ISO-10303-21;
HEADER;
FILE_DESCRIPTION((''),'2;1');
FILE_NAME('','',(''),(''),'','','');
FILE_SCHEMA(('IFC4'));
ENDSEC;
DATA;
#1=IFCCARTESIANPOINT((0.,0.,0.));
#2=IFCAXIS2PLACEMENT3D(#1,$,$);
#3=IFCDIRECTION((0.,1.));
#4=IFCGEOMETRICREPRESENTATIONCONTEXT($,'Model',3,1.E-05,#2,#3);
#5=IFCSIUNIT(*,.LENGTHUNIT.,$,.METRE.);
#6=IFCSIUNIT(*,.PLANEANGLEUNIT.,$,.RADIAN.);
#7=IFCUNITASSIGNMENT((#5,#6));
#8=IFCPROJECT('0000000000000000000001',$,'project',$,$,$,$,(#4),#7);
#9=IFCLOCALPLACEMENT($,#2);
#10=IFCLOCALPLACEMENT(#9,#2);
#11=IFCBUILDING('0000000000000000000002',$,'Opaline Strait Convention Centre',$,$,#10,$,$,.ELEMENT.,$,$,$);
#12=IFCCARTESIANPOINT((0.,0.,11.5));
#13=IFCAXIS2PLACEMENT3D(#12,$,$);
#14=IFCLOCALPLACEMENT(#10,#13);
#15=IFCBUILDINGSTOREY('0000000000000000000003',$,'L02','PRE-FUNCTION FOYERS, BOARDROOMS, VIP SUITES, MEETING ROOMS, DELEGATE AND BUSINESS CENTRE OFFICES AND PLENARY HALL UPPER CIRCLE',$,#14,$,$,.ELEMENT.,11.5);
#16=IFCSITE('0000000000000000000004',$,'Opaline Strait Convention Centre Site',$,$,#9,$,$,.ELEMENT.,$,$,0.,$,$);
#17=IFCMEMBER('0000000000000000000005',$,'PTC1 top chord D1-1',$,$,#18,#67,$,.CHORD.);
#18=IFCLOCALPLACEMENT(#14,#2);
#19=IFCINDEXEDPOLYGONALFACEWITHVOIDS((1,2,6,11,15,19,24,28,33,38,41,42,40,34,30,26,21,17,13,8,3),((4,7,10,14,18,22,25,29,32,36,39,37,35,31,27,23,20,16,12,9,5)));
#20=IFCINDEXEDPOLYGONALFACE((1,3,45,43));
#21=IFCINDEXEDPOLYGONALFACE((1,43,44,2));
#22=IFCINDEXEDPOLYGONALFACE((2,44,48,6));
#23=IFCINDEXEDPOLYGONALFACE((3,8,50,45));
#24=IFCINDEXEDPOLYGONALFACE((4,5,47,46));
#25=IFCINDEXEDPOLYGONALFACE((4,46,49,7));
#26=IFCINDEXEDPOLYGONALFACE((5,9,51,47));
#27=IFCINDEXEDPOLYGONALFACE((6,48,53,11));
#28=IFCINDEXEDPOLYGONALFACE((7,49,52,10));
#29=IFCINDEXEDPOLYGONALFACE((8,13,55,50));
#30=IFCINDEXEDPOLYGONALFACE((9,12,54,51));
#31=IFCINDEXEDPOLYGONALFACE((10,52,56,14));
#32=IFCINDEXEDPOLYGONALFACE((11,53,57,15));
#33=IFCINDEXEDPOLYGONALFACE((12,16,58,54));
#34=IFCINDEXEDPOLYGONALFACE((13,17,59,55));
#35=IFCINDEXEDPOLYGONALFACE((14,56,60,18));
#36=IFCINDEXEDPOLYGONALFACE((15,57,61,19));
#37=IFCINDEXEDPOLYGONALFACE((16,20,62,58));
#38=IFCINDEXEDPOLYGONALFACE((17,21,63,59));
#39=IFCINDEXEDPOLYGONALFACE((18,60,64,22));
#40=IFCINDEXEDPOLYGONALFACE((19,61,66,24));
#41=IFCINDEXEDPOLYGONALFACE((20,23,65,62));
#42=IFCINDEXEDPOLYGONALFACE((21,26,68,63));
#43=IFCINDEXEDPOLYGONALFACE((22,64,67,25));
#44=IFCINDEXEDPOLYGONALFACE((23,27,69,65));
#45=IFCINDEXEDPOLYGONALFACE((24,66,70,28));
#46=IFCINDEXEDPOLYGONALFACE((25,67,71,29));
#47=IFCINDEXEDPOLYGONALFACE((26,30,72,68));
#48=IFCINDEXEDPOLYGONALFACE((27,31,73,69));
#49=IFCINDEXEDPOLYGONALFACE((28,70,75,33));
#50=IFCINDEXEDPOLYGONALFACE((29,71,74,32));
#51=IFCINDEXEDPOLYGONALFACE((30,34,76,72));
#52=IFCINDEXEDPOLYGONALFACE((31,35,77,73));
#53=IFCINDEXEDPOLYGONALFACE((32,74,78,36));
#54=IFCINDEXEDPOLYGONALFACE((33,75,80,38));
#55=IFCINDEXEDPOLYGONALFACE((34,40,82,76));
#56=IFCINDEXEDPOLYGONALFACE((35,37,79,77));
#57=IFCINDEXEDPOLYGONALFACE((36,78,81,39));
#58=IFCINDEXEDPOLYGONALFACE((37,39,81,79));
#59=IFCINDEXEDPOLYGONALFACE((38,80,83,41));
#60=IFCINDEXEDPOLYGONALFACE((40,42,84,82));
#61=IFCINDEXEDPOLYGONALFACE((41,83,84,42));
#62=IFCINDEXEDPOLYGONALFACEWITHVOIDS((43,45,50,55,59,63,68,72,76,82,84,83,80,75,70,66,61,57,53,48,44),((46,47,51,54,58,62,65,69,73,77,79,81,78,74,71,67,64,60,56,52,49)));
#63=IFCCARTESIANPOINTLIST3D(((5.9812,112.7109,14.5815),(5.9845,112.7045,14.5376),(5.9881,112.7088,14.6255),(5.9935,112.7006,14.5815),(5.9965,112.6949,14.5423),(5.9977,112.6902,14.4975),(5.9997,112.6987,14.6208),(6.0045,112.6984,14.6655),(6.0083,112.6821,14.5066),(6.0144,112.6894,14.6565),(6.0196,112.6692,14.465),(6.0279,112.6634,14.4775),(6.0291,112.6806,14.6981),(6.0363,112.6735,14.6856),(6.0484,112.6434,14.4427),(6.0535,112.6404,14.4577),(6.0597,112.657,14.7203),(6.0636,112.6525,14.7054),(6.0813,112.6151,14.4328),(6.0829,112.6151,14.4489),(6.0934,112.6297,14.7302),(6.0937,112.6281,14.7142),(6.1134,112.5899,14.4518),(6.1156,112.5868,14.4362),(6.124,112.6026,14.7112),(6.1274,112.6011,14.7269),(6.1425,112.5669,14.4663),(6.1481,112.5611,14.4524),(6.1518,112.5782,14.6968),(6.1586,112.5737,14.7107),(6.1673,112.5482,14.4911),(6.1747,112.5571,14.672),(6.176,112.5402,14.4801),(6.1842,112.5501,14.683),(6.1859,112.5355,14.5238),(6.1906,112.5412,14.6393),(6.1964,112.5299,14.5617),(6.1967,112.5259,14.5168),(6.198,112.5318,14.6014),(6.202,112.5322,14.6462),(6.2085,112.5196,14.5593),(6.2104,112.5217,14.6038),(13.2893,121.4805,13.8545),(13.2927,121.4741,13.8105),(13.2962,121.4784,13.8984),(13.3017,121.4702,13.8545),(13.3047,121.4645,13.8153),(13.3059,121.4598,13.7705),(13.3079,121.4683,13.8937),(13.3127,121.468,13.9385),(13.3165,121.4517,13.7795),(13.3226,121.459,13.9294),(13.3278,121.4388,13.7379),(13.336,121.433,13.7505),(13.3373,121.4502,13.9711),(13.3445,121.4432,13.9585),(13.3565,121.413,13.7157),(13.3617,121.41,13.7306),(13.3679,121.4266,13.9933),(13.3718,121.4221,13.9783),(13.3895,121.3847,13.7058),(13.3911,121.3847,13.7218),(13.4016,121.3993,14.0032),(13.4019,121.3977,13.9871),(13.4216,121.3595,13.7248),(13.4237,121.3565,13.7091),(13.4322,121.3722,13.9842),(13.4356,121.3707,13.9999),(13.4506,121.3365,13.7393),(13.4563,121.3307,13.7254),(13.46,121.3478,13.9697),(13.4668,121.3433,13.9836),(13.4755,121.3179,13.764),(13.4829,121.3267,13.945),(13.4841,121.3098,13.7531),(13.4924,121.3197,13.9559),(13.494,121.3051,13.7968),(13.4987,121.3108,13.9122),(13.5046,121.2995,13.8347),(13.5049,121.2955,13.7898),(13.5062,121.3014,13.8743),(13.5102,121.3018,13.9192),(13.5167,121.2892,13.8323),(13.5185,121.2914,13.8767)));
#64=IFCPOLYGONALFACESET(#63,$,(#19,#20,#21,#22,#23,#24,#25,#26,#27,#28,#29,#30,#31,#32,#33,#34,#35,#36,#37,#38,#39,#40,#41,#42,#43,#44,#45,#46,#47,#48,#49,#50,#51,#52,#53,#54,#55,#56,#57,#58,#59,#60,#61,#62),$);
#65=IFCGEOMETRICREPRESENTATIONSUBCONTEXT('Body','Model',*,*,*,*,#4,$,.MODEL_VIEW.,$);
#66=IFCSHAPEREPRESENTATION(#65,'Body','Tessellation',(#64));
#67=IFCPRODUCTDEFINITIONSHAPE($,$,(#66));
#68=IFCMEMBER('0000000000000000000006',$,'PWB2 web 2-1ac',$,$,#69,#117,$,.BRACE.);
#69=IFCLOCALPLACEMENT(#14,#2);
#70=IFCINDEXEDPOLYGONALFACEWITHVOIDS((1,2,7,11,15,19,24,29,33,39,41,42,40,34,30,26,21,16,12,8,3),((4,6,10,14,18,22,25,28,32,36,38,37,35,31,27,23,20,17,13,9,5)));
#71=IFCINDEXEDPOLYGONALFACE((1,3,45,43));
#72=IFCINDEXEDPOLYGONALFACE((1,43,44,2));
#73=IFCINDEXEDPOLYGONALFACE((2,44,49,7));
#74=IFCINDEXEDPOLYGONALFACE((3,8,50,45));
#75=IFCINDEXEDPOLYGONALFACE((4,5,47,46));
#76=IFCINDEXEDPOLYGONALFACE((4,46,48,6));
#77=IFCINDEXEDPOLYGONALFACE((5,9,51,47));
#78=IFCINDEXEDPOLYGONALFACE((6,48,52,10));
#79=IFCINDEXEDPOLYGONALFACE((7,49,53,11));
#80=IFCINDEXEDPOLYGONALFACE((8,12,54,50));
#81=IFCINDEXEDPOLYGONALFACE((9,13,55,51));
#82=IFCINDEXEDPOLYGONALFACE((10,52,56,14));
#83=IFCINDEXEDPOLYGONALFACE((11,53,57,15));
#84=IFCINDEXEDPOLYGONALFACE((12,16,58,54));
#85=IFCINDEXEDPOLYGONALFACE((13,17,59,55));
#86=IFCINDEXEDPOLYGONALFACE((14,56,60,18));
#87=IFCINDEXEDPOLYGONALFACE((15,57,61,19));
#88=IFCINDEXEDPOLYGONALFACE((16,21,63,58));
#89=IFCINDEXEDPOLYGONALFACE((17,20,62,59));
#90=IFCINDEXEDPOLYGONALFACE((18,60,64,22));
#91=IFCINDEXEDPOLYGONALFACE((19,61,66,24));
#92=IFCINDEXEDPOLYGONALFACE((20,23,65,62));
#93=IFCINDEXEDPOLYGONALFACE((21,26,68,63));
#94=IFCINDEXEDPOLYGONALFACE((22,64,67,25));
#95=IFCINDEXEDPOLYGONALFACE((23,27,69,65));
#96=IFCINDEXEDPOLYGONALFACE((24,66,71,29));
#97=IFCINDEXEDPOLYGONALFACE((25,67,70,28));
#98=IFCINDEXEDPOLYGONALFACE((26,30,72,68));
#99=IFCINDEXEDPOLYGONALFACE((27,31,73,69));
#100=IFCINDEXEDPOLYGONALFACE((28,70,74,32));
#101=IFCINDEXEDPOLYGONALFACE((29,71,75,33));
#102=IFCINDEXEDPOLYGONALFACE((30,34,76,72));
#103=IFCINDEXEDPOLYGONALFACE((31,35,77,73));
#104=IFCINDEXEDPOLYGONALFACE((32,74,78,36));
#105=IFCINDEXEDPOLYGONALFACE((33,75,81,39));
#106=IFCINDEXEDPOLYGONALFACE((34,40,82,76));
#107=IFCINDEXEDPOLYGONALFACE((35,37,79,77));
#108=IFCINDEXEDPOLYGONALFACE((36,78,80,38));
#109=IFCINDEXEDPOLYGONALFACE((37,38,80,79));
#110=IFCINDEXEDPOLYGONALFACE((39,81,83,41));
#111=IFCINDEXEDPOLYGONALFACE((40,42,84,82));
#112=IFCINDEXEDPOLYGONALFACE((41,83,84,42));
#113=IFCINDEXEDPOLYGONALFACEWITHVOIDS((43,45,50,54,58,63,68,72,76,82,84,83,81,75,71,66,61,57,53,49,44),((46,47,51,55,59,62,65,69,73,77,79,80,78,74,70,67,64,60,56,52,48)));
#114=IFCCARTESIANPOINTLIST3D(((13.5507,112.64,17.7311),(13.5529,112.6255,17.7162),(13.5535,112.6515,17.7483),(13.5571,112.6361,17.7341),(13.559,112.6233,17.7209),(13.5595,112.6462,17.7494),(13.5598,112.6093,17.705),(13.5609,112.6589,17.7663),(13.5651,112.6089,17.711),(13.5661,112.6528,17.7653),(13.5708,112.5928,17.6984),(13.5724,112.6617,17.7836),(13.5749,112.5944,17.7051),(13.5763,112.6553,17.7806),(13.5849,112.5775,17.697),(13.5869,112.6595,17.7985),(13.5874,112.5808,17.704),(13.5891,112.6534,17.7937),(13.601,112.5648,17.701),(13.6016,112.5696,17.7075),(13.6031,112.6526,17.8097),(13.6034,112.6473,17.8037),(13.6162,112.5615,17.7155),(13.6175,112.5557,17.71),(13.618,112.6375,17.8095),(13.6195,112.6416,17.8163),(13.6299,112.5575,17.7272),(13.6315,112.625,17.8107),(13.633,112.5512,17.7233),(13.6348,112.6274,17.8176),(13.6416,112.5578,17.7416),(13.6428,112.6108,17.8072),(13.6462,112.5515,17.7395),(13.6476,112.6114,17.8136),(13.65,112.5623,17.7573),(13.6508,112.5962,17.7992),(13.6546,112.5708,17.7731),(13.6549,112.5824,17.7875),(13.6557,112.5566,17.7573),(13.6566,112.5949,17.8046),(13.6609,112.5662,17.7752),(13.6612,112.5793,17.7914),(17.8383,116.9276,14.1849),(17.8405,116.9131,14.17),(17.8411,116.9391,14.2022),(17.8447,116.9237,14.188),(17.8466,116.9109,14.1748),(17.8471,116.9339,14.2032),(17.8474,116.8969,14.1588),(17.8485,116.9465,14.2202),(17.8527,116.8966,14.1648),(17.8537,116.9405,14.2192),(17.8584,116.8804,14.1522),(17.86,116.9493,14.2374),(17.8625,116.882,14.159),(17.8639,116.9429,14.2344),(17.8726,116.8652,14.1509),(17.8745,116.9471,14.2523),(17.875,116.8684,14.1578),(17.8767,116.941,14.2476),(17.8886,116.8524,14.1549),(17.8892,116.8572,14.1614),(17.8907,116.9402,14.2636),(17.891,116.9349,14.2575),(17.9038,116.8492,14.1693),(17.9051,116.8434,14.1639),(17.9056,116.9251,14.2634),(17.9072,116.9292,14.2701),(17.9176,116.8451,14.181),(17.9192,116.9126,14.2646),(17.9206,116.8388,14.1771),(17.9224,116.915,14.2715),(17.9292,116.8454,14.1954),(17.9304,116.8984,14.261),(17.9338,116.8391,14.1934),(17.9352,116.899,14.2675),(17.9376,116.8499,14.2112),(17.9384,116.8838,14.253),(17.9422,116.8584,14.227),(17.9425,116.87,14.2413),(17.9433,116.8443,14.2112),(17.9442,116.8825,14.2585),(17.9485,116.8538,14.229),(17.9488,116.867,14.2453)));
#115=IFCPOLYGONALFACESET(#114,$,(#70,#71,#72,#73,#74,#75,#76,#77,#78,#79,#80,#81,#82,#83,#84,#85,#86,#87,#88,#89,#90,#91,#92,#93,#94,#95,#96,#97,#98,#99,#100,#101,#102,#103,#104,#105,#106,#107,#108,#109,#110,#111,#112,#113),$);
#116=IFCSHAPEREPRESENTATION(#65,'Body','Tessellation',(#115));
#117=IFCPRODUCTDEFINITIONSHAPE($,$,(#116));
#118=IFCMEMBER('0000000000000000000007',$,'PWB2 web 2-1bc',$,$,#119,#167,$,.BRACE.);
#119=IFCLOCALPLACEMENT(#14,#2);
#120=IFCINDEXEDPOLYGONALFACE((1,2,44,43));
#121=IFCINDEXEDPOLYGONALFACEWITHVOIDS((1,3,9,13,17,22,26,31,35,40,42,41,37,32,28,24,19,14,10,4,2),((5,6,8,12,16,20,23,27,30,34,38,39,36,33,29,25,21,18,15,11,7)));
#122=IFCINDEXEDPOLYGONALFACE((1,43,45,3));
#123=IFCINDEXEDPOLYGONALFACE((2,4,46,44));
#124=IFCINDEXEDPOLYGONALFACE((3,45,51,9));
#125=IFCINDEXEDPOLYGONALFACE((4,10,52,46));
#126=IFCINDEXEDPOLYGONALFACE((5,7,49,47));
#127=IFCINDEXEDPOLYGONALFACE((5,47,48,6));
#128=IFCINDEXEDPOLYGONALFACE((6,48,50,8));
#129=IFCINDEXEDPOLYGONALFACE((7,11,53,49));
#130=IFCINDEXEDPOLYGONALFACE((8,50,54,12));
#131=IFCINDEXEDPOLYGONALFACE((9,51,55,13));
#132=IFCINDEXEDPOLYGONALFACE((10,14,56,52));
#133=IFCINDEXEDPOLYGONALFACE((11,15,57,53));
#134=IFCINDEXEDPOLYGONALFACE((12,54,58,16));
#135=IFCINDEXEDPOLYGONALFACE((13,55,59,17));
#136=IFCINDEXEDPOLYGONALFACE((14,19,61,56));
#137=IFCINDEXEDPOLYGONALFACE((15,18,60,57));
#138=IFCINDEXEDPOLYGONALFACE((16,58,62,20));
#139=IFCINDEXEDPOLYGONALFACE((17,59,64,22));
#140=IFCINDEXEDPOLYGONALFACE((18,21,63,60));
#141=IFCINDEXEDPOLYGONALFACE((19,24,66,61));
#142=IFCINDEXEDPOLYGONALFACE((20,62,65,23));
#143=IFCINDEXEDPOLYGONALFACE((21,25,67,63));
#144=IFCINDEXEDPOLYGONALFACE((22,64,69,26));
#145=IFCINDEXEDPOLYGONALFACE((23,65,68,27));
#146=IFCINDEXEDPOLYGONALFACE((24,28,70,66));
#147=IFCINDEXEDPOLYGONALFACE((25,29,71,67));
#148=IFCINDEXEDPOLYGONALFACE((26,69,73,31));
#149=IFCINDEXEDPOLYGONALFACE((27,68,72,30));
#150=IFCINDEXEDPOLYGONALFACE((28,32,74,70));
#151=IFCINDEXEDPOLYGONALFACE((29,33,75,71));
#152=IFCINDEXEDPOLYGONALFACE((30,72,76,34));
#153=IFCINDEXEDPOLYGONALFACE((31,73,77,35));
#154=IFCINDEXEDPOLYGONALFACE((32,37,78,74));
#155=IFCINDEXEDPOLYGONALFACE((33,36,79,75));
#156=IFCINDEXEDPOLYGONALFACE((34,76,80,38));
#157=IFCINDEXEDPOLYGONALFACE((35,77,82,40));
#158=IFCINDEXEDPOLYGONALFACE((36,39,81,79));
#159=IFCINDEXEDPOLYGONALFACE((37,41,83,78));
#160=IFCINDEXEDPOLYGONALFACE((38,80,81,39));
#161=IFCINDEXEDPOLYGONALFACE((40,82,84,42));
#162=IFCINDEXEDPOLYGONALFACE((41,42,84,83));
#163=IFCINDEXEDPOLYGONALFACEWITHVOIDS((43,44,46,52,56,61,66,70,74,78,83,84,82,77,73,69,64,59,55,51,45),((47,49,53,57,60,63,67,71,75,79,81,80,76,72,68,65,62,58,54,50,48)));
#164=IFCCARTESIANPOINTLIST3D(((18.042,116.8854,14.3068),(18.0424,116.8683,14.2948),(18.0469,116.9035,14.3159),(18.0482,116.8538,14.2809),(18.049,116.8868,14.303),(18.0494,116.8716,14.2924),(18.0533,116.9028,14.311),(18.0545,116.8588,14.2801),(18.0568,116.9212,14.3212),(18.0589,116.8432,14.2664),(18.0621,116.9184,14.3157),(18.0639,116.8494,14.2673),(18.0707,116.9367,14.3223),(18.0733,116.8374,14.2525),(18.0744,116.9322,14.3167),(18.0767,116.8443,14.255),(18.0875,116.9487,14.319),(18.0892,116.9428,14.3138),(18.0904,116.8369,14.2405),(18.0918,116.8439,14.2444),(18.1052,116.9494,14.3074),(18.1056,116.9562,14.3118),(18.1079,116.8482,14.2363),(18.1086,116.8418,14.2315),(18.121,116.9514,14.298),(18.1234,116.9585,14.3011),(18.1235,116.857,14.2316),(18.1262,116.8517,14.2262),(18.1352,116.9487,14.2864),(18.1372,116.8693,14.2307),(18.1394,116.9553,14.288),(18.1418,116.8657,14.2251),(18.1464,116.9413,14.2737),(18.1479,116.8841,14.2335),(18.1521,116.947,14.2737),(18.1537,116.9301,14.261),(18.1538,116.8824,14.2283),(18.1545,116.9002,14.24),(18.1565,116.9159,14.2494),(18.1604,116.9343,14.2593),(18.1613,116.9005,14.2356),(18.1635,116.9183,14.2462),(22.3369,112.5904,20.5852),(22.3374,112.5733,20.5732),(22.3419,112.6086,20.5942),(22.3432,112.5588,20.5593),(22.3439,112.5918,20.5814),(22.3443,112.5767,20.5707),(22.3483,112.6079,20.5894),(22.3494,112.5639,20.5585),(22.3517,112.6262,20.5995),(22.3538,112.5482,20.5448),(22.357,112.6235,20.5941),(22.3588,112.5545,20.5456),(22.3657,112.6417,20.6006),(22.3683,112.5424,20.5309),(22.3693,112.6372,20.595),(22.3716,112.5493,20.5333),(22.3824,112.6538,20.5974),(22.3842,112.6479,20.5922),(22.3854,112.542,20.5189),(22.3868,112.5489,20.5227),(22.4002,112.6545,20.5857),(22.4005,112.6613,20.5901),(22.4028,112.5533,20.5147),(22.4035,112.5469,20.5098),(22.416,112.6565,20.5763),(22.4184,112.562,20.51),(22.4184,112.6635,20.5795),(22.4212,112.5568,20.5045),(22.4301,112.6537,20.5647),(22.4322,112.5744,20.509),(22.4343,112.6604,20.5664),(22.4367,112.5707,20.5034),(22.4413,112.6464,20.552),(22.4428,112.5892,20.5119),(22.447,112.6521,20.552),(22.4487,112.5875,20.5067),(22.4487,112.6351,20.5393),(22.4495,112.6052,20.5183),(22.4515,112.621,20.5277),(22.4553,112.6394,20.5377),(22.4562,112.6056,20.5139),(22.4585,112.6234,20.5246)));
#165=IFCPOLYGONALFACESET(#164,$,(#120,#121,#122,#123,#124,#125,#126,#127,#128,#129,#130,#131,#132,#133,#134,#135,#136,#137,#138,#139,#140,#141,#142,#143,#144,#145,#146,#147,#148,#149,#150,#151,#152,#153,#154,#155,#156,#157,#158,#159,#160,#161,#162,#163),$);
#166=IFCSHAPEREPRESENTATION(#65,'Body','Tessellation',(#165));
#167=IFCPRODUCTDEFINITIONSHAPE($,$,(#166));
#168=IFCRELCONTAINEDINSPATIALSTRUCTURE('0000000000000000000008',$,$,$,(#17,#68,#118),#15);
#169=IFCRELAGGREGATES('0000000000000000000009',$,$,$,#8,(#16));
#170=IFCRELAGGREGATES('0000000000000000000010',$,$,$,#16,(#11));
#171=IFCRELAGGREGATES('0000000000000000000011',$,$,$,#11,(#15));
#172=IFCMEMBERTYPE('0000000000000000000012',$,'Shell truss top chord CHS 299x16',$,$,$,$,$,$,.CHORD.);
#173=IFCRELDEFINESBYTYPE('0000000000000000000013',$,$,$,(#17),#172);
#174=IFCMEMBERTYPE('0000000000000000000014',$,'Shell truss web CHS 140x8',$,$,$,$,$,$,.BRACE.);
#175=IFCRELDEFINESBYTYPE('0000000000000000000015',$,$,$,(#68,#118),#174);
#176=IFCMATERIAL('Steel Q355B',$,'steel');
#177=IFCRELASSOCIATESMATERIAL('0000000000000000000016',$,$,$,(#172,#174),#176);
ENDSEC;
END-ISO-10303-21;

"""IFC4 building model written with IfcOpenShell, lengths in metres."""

from ifc_helpers import new_model, si_unit, direction, frame, origin, origin_2d, place, context, subcontext, project, spatial, hollow_circle, extrude, material, material_profile, profile_set, type_object, element, save


model = new_model("IFC4")

# Units and contexts
model_context = context("Model", 3, precision=1e-05, world=origin(), true_north=direction((0.0, 1.0)))
body_context = subcontext(model_context, "Body", "Model", "MODEL_VIEW")
ifc_project = project(units=[si_unit("LENGTHUNIT", "METRE"), si_unit("PLANEANGLEUNIT", "RADIAN")], contexts=[model_context])

# Site, building, storey
site_placement = place(None, origin())
site = spatial("IfcSite", under=ifc_project, at=site_placement, Name="Opaline Strait Convention Centre Site", CompositionType="ELEMENT", RefElevation=0.0)
building_placement = place(site_placement, origin())
building = spatial("IfcBuilding", under=site, at=building_placement, Name="Opaline Strait Convention Centre", CompositionType="ELEMENT")
storey_placement = place(building_placement, frame((0.0, 0.0, 11.5)))
storey = spatial("IfcBuildingStorey", under=building, at=storey_placement, Name="L02", Description="PRE-FUNCTION FOYERS, BOARDROOMS, VIP SUITES, MEETING ROOMS, DELEGATE AND BUSINESS CENTRE OFFICES AND PLENARY HALL UPPER CIRCLE", CompositionType="ELEMENT", Elevation=11.5)

# Members
ifc_material_1 = material(Name="Steel Q355B", Category="steel")
ifc_material_profile_1 = material_profile(ifc_material_1, hollow_circle(Radius=0.1494, WallThickness=0.0161, at=origin_2d()), Name="CHS 299x16")
ifc_profile_set_1 = profile_set([ifc_material_profile_1], Name="Steel Q355B")
member_type_1 = type_object("IfcMemberType", Name="Shell truss top chord CHS 299x16", PredefinedType="CHORD", material=ifc_profile_set_1)
member_1_placement = place(storey_placement, frame((6.0959, 112.6152, 14.5815), z_axis=(0.638898, 0.766661, -0.063561), x_axis=(-0.768214, 0.640193, 0.0)))
element("IfcMember", 1, at=member_1_placement, inside=storey, type_object=member_type_1, Name="PTC1 top chord D1-1", PredefinedType="CHORD", context=body_context, shape_type="SweptSolid", body=[
    extrude(hollow_circle(Radius=0.1494, WallThickness=0.0161, at=origin_2d()), origin(), (0.0, 0.0, 1.0), 11.4387),
])
ifc_material_profile_2 = material_profile(ifc_material_1, hollow_circle(Radius=0.0701, WallThickness=0.0081, at=origin_2d()), Name="CHS 140x8")
ifc_profile_set_2 = profile_set([ifc_material_profile_2], Name="Steel Q355B")
member_type_2 = type_object("IfcMemberType", Name="Shell truss web CHS 140x8", PredefinedType="BRACE", material=ifc_profile_set_2)
member_2_placement = place(storey_placement, frame((17.8938, 116.8938, 14.2112), z_axis=(-0.610387, -0.610387, 0.504833), x_axis=(0.707107, -0.707107, 0.0)))
element("IfcMember", 2, at=member_2_placement, inside=storey, type_object=member_type_2, Name="PWB2 web 2-1ac", PredefinedType="BRACE", context=body_context, shape_type="SweptSolid", body=[
    extrude(hollow_circle(Radius=0.0701, WallThickness=0.0081, at=origin_2d()), origin(), (0.0, 0.0, 1.0), 7.0244),
])
member_3_placement = place(storey_placement, frame((18.1025, 116.8975, 14.2737), z_axis=(0.49166, -0.49166, 0.718708), x_axis=(0.707107, 0.707107, 0.0)))
element("IfcMember", 3, at=member_3_placement, inside=storey, type_object=member_type_2, Name="PWB2 web 2-1bc", PredefinedType="BRACE", context=body_context, shape_type="SweptSolid", body=[
    extrude(hollow_circle(Radius=0.0701, WallThickness=0.0081, at=origin_2d()), origin(), (0.0, 0.0, 1.0), 8.7356),
])

save(model, "model.ifc")
